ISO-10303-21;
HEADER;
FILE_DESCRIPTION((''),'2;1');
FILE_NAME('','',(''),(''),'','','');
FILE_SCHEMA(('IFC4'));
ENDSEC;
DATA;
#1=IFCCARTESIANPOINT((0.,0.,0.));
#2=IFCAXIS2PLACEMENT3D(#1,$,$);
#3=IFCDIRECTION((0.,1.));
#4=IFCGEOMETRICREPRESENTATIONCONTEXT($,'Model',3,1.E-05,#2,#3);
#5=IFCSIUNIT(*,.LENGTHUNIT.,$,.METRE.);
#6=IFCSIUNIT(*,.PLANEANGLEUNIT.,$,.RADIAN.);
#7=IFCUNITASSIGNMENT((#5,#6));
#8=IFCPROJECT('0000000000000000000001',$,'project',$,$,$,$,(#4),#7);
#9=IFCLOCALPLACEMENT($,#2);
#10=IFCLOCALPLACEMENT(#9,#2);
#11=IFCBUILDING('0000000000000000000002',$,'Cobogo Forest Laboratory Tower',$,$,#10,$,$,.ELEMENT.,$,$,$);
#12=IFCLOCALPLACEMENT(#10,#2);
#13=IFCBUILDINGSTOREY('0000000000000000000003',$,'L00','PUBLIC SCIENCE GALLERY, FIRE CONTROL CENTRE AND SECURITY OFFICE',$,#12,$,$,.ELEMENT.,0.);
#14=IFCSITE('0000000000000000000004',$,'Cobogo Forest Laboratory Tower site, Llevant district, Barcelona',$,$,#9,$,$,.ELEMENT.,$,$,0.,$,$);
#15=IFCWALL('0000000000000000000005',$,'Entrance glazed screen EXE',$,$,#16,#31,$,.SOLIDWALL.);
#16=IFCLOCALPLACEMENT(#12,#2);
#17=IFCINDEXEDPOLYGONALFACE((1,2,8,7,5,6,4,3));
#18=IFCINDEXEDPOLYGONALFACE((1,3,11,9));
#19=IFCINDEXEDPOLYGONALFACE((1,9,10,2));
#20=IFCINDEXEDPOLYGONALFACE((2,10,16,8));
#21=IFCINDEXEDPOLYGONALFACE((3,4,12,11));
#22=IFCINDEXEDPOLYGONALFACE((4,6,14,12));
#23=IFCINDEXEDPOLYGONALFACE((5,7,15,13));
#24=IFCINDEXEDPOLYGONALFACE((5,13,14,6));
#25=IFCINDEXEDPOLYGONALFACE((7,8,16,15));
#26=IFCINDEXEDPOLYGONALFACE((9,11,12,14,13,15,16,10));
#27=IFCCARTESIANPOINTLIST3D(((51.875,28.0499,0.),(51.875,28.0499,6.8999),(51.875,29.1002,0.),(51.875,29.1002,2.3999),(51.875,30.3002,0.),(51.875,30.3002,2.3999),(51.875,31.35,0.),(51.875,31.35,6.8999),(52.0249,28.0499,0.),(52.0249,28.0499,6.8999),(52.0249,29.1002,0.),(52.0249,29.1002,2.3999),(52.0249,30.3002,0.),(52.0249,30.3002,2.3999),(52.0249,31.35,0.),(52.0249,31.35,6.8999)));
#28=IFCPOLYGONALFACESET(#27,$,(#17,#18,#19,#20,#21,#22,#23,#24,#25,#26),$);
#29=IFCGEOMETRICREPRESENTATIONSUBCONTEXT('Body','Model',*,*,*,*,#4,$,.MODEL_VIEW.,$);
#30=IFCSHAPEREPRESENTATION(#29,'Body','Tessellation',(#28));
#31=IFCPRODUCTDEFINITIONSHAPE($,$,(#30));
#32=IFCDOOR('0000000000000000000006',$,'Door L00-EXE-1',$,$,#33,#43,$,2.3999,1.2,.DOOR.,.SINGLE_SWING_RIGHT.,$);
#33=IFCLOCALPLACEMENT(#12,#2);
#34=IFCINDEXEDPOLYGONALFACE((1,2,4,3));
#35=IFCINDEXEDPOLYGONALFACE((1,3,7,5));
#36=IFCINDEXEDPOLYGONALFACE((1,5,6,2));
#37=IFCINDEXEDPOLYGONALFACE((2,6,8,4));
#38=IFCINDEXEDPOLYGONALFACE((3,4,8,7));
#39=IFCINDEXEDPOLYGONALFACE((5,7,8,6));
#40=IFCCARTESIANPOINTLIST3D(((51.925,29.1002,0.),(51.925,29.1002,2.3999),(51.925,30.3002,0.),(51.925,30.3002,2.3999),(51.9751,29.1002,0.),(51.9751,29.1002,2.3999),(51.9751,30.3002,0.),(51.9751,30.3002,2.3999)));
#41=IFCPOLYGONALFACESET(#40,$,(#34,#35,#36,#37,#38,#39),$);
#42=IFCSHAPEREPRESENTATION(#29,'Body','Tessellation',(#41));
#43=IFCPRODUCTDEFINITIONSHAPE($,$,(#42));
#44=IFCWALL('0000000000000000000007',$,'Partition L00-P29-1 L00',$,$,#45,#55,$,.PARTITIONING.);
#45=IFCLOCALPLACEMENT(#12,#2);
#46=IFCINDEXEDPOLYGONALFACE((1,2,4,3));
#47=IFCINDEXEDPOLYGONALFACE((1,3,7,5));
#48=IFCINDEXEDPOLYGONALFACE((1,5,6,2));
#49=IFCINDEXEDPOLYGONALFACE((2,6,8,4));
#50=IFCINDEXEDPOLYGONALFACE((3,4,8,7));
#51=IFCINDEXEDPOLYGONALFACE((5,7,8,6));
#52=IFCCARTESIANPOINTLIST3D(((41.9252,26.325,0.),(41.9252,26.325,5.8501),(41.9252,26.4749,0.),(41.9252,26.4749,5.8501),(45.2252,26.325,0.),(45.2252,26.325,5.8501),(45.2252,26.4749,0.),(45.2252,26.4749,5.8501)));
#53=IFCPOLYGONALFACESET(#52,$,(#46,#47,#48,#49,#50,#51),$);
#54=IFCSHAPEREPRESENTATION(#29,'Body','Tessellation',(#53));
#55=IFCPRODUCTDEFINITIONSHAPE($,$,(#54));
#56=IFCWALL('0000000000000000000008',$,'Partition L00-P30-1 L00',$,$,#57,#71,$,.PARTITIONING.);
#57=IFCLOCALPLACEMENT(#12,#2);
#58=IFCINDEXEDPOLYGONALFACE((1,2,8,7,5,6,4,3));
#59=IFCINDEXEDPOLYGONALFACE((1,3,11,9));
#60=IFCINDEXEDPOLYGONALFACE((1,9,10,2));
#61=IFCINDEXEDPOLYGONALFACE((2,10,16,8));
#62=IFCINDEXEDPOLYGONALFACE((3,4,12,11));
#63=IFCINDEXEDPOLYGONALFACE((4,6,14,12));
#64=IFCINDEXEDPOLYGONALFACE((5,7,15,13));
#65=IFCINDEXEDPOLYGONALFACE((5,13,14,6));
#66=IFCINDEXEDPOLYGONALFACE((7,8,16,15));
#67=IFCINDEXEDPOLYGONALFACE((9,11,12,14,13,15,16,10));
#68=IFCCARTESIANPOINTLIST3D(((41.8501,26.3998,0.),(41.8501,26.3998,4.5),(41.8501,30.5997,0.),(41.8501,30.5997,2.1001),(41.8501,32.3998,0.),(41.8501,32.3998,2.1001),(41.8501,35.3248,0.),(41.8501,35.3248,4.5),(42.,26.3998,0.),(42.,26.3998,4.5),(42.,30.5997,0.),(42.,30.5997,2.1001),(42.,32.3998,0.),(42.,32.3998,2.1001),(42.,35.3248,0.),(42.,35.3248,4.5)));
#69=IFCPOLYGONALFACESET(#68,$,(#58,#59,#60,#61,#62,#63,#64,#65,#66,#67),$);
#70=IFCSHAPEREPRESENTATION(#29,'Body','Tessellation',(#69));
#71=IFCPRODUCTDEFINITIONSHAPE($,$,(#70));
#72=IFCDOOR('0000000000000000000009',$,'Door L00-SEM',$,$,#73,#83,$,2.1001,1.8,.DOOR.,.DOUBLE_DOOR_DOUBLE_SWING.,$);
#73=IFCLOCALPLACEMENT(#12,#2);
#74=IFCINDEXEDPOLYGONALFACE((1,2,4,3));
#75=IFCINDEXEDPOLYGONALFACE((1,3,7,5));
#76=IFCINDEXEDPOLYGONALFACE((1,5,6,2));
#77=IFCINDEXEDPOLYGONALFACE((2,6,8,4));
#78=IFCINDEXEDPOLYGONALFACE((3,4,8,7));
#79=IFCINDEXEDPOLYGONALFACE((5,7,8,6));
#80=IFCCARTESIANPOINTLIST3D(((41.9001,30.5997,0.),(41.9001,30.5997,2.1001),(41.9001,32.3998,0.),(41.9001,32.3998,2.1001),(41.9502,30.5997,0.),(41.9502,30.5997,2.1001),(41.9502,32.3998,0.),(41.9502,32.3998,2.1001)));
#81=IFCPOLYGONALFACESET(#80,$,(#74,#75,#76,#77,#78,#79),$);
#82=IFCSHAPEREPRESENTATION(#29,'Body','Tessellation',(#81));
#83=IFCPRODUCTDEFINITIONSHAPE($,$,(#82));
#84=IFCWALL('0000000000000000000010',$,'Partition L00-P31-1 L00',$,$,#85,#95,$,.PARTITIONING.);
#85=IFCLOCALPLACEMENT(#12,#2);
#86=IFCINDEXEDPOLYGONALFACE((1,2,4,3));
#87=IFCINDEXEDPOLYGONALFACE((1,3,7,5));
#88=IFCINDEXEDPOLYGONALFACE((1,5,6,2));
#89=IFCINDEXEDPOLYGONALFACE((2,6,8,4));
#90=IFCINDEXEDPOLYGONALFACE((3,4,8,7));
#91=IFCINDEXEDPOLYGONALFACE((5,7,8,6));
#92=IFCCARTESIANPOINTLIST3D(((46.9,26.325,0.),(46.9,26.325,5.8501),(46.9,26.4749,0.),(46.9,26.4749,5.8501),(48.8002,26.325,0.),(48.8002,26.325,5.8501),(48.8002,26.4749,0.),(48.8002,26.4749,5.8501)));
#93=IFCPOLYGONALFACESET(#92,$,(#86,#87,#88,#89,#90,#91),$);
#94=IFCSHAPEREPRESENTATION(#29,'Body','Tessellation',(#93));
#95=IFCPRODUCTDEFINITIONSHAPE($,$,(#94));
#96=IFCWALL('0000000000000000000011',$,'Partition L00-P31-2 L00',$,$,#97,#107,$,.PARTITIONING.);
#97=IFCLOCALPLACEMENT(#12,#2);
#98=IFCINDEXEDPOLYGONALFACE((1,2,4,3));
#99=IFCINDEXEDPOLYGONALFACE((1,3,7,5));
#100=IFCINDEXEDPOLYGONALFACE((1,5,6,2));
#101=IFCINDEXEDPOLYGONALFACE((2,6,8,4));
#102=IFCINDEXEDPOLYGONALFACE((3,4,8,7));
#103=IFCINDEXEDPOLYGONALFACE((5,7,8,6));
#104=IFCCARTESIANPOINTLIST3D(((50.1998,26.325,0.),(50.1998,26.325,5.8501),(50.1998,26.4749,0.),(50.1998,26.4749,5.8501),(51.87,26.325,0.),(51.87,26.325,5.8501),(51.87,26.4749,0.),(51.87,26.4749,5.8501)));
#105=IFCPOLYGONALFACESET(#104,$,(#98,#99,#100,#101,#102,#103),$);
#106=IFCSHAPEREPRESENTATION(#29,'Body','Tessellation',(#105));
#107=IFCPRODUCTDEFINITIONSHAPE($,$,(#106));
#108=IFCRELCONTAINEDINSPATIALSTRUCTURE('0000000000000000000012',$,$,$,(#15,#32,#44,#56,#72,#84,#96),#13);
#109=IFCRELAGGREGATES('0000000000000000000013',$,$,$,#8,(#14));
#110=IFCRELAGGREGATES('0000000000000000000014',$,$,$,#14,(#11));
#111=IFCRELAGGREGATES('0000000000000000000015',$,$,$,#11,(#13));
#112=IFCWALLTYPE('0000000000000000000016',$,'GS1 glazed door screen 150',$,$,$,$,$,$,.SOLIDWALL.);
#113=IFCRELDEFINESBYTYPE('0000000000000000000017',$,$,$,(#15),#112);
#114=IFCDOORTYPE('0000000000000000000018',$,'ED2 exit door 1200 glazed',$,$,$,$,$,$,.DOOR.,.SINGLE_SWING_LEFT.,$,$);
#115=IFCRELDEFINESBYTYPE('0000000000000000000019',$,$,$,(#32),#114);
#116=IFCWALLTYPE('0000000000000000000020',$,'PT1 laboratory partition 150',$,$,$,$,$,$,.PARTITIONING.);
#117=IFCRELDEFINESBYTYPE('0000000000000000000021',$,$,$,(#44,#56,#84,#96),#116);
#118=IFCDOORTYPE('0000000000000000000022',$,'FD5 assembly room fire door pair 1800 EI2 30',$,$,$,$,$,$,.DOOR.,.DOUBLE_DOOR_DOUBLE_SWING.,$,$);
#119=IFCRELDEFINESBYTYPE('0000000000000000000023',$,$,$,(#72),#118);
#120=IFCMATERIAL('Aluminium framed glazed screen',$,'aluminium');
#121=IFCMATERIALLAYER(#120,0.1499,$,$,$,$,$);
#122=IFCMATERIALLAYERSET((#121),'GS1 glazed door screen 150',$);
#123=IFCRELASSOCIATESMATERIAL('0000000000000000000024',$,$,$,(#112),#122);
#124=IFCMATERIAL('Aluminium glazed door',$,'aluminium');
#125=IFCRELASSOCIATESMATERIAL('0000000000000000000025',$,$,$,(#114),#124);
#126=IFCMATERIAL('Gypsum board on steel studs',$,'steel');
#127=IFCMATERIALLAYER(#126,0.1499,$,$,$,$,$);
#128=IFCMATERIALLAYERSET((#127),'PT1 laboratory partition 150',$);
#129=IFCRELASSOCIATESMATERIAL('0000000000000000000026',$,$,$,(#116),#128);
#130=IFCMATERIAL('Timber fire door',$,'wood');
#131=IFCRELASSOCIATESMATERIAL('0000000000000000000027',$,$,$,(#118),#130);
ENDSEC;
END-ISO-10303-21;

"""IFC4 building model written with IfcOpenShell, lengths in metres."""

from ifc_helpers import new_model, si_unit, direction, frame, frame_2d, origin, place, context, subcontext, project, spatial, rectangle, extrude, material, layer, layer_set, type_object, element, fill, save


model = new_model("IFC4")

# Units and contexts
model_context = context("Model", 3, precision=1e-05, world=origin(), true_north=direction((0.0, 1.0)))
body_context = subcontext(model_context, "Body", "Model", "MODEL_VIEW")
ifc_project = project(units=[si_unit("LENGTHUNIT", "METRE"), si_unit("PLANEANGLEUNIT", "RADIAN")], contexts=[model_context])

# Site, building, storey
site_placement = place(None, origin())
site = spatial("IfcSite", under=ifc_project, at=site_placement, Name="Cobogo Forest Laboratory Tower site, Llevant district, Barcelona", CompositionType="ELEMENT", RefElevation=0.0)
building_placement = place(site_placement, origin())
building = spatial("IfcBuilding", under=site, at=building_placement, Name="Cobogo Forest Laboratory Tower", CompositionType="ELEMENT")
storey_placement = place(building_placement, origin())
storey = spatial("IfcBuildingStorey", under=building, at=storey_placement, Name="L00", Description="PUBLIC SCIENCE GALLERY, FIRE CONTROL CENTRE AND SECURITY OFFICE", CompositionType="ELEMENT", Elevation=0.0)

# Wall, opening, door
ifc_material_1 = material(Name="Aluminium framed glazed screen", Category="aluminium")
ifc_layer_1 = layer(ifc_material_1, 0.1499)
ifc_layer_set_1 = layer_set([ifc_layer_1], Name="GS1 glazed door screen 150")
wall_type_1 = type_object("IfcWallType", Name="GS1 glazed door screen 150", PredefinedType="SOLIDWALL", material=ifc_layer_set_1)
wall_1_placement = place(storey_placement, frame((51.95, 28.05, 0.0), z_axis=(0.0, 0.0, 1.0), x_axis=(0.0, 1.0, 0.0)))
wall_1 = element("IfcWall", 1, at=wall_1_placement, inside=storey, type_object=wall_type_1, Name="Entrance glazed screen EXE", PredefinedType="SOLIDWALL", context=body_context, shape_type="SweptSolid", body=[
    extrude(rectangle(XDim=3.3, YDim=0.1499, at=frame_2d((1.6499, 0.0))), origin(), (0.0, 0.0, 1.0), 6.8999),
])
opening_1_placement = place(wall_1_placement, frame((1.05, 0.0, 0.0)))
opening_1 = element("IfcOpeningElement", 2, at=opening_1_placement, cuts=wall_1, PredefinedType="OPENING", context=body_context, shape_type="SweptSolid", body=[
    extrude(rectangle(XDim=1.2, YDim=2.3999, at=frame_2d((0.6001, 1.2))), frame((0.0, 0.085, 0.0), z_axis=(0.0, -1.0, 0.0), x_axis=(1.0, 0.0, 0.0)), (0.0, 0.0, 1.0), 0.1699),
])
ifc_material_2 = material(Name="Aluminium glazed door", Category="aluminium")
door_type_1 = type_object("IfcDoorType", Name="ED2 exit door 1200 glazed", OperationType="SINGLE_SWING_LEFT", PredefinedType="DOOR", material=ifc_material_2)
door_1_placement = place(opening_1_placement, origin())
door_1 = element("IfcDoor", 3, at=door_1_placement, inside=storey, type_object=door_type_1, Name="Door L00-EXE-1", OperationType="SINGLE_SWING_RIGHT", OverallHeight=2.3999, OverallWidth=1.2, PredefinedType="DOOR", context=body_context, shape_type="SweptSolid", body=[
    extrude(rectangle(XDim=1.2, YDim=2.3999, at=frame_2d((0.6001, 1.2))), frame((0.0, 0.0249, 0.0), z_axis=(0.0, -1.0, 0.0), x_axis=(1.0, 0.0, 0.0)), (0.0, 0.0, 1.0), 0.05),
])
fill(opening_1, door_1)

# Wall
ifc_material_3 = material(Name="Gypsum board on steel studs", Category="steel")
ifc_layer_2 = layer(ifc_material_3, 0.1499)
ifc_layer_set_2 = layer_set([ifc_layer_2], Name="PT1 laboratory partition 150")
wall_type_2 = type_object("IfcWallType", Name="PT1 laboratory partition 150", PredefinedType="PARTITIONING", material=ifc_layer_set_2)
wall_2_placement = place(storey_placement, frame((45.2251, 26.3999, 0.0), z_axis=(0.0, 0.0, 1.0), x_axis=(-1.0, 0.0, 0.0)))
element("IfcWall", 4, at=wall_2_placement, inside=storey, type_object=wall_type_2, Name="Partition L00-P29-1 L00", PredefinedType="PARTITIONING", context=body_context, shape_type="SweptSolid", body=[
    extrude(rectangle(XDim=3.3, YDim=0.1499, at=frame_2d((1.6499, 0.0))), origin(), (0.0, 0.0, 1.0), 5.8501),
])

# Wall, opening, door
wall_3_placement = place(storey_placement, frame((41.925, 26.3999, 0.0), z_axis=(0.0, 0.0, 1.0), x_axis=(0.0, 1.0, 0.0)))
wall_3 = element("IfcWall", 5, at=wall_3_placement, inside=storey, type_object=wall_type_2, Name="Partition L00-P30-1 L00", PredefinedType="PARTITIONING", context=body_context, shape_type="SweptSolid", body=[
    extrude(rectangle(XDim=8.925, YDim=0.1499, at=frame_2d((4.4624, 0.0))), origin(), (0.0, 0.0, 1.0), 4.5),
])
opening_2_placement = place(wall_3_placement, frame((4.2, 0.0, 0.0)))
opening_2 = element("IfcOpeningElement", 6, at=opening_2_placement, cuts=wall_3, PredefinedType="OPENING", context=body_context, shape_type="SweptSolid", body=[
    extrude(rectangle(XDim=1.8, YDim=2.1001, at=frame_2d((0.8999, 1.05))), frame((0.0, 0.085, 0.0), z_axis=(0.0, -1.0, 0.0), x_axis=(1.0, 0.0, 0.0)), (0.0, 0.0, 1.0), 0.1699),
])
ifc_material_4 = material(Name="Timber fire door", Category="wood")
door_type_2 = type_object("IfcDoorType", Name="FD5 assembly room fire door pair 1800 EI2 30", OperationType="DOUBLE_DOOR_DOUBLE_SWING", PredefinedType="DOOR", material=ifc_material_4)
door_2_placement = place(opening_2_placement, origin())
door_2 = element("IfcDoor", 7, at=door_2_placement, inside=storey, type_object=door_type_2, Name="Door L00-SEM", OperationType="DOUBLE_DOOR_DOUBLE_SWING", OverallHeight=2.1001, OverallWidth=1.8, PredefinedType="DOOR", context=body_context, shape_type="SweptSolid", body=[
    extrude(rectangle(XDim=1.8, YDim=2.1001, at=frame_2d((0.8999, 1.05))), frame((0.0, 0.0249, 0.0), z_axis=(0.0, -1.0, 0.0), x_axis=(1.0, 0.0, 0.0)), (0.0, 0.0, 1.0), 0.05),
])
fill(opening_2, door_2)

# Walls
wall_4_placement = place(storey_placement, frame((46.8999, 26.3999, 0.0), z_axis=(0.0, 0.0, 1.0), x_axis=(1.0, 0.0, 0.0)))
element("IfcWall", 8, at=wall_4_placement, inside=storey, type_object=wall_type_2, Name="Partition L00-P31-1 L00", PredefinedType="PARTITIONING", context=body_context, shape_type="SweptSolid", body=[
    extrude(rectangle(XDim=1.9001, YDim=0.1499, at=frame_2d((0.9502, 0.0))), origin(), (0.0, 0.0, 1.0), 5.8501),
])
wall_5_placement = place(storey_placement, frame((50.2, 26.3999, 0.0), z_axis=(0.0, 0.0, 1.0), x_axis=(1.0, 0.0, 0.0)))
element("IfcWall", 9, at=wall_5_placement, inside=storey, type_object=wall_type_2, Name="Partition L00-P31-2 L00", PredefinedType="PARTITIONING", context=body_context, shape_type="SweptSolid", body=[
    extrude(rectangle(XDim=1.6702, YDim=0.1499, at=frame_2d((0.835, 0.0))), origin(), (0.0, 0.0, 1.0), 5.8501),
])

save(model, "model.ifc")
